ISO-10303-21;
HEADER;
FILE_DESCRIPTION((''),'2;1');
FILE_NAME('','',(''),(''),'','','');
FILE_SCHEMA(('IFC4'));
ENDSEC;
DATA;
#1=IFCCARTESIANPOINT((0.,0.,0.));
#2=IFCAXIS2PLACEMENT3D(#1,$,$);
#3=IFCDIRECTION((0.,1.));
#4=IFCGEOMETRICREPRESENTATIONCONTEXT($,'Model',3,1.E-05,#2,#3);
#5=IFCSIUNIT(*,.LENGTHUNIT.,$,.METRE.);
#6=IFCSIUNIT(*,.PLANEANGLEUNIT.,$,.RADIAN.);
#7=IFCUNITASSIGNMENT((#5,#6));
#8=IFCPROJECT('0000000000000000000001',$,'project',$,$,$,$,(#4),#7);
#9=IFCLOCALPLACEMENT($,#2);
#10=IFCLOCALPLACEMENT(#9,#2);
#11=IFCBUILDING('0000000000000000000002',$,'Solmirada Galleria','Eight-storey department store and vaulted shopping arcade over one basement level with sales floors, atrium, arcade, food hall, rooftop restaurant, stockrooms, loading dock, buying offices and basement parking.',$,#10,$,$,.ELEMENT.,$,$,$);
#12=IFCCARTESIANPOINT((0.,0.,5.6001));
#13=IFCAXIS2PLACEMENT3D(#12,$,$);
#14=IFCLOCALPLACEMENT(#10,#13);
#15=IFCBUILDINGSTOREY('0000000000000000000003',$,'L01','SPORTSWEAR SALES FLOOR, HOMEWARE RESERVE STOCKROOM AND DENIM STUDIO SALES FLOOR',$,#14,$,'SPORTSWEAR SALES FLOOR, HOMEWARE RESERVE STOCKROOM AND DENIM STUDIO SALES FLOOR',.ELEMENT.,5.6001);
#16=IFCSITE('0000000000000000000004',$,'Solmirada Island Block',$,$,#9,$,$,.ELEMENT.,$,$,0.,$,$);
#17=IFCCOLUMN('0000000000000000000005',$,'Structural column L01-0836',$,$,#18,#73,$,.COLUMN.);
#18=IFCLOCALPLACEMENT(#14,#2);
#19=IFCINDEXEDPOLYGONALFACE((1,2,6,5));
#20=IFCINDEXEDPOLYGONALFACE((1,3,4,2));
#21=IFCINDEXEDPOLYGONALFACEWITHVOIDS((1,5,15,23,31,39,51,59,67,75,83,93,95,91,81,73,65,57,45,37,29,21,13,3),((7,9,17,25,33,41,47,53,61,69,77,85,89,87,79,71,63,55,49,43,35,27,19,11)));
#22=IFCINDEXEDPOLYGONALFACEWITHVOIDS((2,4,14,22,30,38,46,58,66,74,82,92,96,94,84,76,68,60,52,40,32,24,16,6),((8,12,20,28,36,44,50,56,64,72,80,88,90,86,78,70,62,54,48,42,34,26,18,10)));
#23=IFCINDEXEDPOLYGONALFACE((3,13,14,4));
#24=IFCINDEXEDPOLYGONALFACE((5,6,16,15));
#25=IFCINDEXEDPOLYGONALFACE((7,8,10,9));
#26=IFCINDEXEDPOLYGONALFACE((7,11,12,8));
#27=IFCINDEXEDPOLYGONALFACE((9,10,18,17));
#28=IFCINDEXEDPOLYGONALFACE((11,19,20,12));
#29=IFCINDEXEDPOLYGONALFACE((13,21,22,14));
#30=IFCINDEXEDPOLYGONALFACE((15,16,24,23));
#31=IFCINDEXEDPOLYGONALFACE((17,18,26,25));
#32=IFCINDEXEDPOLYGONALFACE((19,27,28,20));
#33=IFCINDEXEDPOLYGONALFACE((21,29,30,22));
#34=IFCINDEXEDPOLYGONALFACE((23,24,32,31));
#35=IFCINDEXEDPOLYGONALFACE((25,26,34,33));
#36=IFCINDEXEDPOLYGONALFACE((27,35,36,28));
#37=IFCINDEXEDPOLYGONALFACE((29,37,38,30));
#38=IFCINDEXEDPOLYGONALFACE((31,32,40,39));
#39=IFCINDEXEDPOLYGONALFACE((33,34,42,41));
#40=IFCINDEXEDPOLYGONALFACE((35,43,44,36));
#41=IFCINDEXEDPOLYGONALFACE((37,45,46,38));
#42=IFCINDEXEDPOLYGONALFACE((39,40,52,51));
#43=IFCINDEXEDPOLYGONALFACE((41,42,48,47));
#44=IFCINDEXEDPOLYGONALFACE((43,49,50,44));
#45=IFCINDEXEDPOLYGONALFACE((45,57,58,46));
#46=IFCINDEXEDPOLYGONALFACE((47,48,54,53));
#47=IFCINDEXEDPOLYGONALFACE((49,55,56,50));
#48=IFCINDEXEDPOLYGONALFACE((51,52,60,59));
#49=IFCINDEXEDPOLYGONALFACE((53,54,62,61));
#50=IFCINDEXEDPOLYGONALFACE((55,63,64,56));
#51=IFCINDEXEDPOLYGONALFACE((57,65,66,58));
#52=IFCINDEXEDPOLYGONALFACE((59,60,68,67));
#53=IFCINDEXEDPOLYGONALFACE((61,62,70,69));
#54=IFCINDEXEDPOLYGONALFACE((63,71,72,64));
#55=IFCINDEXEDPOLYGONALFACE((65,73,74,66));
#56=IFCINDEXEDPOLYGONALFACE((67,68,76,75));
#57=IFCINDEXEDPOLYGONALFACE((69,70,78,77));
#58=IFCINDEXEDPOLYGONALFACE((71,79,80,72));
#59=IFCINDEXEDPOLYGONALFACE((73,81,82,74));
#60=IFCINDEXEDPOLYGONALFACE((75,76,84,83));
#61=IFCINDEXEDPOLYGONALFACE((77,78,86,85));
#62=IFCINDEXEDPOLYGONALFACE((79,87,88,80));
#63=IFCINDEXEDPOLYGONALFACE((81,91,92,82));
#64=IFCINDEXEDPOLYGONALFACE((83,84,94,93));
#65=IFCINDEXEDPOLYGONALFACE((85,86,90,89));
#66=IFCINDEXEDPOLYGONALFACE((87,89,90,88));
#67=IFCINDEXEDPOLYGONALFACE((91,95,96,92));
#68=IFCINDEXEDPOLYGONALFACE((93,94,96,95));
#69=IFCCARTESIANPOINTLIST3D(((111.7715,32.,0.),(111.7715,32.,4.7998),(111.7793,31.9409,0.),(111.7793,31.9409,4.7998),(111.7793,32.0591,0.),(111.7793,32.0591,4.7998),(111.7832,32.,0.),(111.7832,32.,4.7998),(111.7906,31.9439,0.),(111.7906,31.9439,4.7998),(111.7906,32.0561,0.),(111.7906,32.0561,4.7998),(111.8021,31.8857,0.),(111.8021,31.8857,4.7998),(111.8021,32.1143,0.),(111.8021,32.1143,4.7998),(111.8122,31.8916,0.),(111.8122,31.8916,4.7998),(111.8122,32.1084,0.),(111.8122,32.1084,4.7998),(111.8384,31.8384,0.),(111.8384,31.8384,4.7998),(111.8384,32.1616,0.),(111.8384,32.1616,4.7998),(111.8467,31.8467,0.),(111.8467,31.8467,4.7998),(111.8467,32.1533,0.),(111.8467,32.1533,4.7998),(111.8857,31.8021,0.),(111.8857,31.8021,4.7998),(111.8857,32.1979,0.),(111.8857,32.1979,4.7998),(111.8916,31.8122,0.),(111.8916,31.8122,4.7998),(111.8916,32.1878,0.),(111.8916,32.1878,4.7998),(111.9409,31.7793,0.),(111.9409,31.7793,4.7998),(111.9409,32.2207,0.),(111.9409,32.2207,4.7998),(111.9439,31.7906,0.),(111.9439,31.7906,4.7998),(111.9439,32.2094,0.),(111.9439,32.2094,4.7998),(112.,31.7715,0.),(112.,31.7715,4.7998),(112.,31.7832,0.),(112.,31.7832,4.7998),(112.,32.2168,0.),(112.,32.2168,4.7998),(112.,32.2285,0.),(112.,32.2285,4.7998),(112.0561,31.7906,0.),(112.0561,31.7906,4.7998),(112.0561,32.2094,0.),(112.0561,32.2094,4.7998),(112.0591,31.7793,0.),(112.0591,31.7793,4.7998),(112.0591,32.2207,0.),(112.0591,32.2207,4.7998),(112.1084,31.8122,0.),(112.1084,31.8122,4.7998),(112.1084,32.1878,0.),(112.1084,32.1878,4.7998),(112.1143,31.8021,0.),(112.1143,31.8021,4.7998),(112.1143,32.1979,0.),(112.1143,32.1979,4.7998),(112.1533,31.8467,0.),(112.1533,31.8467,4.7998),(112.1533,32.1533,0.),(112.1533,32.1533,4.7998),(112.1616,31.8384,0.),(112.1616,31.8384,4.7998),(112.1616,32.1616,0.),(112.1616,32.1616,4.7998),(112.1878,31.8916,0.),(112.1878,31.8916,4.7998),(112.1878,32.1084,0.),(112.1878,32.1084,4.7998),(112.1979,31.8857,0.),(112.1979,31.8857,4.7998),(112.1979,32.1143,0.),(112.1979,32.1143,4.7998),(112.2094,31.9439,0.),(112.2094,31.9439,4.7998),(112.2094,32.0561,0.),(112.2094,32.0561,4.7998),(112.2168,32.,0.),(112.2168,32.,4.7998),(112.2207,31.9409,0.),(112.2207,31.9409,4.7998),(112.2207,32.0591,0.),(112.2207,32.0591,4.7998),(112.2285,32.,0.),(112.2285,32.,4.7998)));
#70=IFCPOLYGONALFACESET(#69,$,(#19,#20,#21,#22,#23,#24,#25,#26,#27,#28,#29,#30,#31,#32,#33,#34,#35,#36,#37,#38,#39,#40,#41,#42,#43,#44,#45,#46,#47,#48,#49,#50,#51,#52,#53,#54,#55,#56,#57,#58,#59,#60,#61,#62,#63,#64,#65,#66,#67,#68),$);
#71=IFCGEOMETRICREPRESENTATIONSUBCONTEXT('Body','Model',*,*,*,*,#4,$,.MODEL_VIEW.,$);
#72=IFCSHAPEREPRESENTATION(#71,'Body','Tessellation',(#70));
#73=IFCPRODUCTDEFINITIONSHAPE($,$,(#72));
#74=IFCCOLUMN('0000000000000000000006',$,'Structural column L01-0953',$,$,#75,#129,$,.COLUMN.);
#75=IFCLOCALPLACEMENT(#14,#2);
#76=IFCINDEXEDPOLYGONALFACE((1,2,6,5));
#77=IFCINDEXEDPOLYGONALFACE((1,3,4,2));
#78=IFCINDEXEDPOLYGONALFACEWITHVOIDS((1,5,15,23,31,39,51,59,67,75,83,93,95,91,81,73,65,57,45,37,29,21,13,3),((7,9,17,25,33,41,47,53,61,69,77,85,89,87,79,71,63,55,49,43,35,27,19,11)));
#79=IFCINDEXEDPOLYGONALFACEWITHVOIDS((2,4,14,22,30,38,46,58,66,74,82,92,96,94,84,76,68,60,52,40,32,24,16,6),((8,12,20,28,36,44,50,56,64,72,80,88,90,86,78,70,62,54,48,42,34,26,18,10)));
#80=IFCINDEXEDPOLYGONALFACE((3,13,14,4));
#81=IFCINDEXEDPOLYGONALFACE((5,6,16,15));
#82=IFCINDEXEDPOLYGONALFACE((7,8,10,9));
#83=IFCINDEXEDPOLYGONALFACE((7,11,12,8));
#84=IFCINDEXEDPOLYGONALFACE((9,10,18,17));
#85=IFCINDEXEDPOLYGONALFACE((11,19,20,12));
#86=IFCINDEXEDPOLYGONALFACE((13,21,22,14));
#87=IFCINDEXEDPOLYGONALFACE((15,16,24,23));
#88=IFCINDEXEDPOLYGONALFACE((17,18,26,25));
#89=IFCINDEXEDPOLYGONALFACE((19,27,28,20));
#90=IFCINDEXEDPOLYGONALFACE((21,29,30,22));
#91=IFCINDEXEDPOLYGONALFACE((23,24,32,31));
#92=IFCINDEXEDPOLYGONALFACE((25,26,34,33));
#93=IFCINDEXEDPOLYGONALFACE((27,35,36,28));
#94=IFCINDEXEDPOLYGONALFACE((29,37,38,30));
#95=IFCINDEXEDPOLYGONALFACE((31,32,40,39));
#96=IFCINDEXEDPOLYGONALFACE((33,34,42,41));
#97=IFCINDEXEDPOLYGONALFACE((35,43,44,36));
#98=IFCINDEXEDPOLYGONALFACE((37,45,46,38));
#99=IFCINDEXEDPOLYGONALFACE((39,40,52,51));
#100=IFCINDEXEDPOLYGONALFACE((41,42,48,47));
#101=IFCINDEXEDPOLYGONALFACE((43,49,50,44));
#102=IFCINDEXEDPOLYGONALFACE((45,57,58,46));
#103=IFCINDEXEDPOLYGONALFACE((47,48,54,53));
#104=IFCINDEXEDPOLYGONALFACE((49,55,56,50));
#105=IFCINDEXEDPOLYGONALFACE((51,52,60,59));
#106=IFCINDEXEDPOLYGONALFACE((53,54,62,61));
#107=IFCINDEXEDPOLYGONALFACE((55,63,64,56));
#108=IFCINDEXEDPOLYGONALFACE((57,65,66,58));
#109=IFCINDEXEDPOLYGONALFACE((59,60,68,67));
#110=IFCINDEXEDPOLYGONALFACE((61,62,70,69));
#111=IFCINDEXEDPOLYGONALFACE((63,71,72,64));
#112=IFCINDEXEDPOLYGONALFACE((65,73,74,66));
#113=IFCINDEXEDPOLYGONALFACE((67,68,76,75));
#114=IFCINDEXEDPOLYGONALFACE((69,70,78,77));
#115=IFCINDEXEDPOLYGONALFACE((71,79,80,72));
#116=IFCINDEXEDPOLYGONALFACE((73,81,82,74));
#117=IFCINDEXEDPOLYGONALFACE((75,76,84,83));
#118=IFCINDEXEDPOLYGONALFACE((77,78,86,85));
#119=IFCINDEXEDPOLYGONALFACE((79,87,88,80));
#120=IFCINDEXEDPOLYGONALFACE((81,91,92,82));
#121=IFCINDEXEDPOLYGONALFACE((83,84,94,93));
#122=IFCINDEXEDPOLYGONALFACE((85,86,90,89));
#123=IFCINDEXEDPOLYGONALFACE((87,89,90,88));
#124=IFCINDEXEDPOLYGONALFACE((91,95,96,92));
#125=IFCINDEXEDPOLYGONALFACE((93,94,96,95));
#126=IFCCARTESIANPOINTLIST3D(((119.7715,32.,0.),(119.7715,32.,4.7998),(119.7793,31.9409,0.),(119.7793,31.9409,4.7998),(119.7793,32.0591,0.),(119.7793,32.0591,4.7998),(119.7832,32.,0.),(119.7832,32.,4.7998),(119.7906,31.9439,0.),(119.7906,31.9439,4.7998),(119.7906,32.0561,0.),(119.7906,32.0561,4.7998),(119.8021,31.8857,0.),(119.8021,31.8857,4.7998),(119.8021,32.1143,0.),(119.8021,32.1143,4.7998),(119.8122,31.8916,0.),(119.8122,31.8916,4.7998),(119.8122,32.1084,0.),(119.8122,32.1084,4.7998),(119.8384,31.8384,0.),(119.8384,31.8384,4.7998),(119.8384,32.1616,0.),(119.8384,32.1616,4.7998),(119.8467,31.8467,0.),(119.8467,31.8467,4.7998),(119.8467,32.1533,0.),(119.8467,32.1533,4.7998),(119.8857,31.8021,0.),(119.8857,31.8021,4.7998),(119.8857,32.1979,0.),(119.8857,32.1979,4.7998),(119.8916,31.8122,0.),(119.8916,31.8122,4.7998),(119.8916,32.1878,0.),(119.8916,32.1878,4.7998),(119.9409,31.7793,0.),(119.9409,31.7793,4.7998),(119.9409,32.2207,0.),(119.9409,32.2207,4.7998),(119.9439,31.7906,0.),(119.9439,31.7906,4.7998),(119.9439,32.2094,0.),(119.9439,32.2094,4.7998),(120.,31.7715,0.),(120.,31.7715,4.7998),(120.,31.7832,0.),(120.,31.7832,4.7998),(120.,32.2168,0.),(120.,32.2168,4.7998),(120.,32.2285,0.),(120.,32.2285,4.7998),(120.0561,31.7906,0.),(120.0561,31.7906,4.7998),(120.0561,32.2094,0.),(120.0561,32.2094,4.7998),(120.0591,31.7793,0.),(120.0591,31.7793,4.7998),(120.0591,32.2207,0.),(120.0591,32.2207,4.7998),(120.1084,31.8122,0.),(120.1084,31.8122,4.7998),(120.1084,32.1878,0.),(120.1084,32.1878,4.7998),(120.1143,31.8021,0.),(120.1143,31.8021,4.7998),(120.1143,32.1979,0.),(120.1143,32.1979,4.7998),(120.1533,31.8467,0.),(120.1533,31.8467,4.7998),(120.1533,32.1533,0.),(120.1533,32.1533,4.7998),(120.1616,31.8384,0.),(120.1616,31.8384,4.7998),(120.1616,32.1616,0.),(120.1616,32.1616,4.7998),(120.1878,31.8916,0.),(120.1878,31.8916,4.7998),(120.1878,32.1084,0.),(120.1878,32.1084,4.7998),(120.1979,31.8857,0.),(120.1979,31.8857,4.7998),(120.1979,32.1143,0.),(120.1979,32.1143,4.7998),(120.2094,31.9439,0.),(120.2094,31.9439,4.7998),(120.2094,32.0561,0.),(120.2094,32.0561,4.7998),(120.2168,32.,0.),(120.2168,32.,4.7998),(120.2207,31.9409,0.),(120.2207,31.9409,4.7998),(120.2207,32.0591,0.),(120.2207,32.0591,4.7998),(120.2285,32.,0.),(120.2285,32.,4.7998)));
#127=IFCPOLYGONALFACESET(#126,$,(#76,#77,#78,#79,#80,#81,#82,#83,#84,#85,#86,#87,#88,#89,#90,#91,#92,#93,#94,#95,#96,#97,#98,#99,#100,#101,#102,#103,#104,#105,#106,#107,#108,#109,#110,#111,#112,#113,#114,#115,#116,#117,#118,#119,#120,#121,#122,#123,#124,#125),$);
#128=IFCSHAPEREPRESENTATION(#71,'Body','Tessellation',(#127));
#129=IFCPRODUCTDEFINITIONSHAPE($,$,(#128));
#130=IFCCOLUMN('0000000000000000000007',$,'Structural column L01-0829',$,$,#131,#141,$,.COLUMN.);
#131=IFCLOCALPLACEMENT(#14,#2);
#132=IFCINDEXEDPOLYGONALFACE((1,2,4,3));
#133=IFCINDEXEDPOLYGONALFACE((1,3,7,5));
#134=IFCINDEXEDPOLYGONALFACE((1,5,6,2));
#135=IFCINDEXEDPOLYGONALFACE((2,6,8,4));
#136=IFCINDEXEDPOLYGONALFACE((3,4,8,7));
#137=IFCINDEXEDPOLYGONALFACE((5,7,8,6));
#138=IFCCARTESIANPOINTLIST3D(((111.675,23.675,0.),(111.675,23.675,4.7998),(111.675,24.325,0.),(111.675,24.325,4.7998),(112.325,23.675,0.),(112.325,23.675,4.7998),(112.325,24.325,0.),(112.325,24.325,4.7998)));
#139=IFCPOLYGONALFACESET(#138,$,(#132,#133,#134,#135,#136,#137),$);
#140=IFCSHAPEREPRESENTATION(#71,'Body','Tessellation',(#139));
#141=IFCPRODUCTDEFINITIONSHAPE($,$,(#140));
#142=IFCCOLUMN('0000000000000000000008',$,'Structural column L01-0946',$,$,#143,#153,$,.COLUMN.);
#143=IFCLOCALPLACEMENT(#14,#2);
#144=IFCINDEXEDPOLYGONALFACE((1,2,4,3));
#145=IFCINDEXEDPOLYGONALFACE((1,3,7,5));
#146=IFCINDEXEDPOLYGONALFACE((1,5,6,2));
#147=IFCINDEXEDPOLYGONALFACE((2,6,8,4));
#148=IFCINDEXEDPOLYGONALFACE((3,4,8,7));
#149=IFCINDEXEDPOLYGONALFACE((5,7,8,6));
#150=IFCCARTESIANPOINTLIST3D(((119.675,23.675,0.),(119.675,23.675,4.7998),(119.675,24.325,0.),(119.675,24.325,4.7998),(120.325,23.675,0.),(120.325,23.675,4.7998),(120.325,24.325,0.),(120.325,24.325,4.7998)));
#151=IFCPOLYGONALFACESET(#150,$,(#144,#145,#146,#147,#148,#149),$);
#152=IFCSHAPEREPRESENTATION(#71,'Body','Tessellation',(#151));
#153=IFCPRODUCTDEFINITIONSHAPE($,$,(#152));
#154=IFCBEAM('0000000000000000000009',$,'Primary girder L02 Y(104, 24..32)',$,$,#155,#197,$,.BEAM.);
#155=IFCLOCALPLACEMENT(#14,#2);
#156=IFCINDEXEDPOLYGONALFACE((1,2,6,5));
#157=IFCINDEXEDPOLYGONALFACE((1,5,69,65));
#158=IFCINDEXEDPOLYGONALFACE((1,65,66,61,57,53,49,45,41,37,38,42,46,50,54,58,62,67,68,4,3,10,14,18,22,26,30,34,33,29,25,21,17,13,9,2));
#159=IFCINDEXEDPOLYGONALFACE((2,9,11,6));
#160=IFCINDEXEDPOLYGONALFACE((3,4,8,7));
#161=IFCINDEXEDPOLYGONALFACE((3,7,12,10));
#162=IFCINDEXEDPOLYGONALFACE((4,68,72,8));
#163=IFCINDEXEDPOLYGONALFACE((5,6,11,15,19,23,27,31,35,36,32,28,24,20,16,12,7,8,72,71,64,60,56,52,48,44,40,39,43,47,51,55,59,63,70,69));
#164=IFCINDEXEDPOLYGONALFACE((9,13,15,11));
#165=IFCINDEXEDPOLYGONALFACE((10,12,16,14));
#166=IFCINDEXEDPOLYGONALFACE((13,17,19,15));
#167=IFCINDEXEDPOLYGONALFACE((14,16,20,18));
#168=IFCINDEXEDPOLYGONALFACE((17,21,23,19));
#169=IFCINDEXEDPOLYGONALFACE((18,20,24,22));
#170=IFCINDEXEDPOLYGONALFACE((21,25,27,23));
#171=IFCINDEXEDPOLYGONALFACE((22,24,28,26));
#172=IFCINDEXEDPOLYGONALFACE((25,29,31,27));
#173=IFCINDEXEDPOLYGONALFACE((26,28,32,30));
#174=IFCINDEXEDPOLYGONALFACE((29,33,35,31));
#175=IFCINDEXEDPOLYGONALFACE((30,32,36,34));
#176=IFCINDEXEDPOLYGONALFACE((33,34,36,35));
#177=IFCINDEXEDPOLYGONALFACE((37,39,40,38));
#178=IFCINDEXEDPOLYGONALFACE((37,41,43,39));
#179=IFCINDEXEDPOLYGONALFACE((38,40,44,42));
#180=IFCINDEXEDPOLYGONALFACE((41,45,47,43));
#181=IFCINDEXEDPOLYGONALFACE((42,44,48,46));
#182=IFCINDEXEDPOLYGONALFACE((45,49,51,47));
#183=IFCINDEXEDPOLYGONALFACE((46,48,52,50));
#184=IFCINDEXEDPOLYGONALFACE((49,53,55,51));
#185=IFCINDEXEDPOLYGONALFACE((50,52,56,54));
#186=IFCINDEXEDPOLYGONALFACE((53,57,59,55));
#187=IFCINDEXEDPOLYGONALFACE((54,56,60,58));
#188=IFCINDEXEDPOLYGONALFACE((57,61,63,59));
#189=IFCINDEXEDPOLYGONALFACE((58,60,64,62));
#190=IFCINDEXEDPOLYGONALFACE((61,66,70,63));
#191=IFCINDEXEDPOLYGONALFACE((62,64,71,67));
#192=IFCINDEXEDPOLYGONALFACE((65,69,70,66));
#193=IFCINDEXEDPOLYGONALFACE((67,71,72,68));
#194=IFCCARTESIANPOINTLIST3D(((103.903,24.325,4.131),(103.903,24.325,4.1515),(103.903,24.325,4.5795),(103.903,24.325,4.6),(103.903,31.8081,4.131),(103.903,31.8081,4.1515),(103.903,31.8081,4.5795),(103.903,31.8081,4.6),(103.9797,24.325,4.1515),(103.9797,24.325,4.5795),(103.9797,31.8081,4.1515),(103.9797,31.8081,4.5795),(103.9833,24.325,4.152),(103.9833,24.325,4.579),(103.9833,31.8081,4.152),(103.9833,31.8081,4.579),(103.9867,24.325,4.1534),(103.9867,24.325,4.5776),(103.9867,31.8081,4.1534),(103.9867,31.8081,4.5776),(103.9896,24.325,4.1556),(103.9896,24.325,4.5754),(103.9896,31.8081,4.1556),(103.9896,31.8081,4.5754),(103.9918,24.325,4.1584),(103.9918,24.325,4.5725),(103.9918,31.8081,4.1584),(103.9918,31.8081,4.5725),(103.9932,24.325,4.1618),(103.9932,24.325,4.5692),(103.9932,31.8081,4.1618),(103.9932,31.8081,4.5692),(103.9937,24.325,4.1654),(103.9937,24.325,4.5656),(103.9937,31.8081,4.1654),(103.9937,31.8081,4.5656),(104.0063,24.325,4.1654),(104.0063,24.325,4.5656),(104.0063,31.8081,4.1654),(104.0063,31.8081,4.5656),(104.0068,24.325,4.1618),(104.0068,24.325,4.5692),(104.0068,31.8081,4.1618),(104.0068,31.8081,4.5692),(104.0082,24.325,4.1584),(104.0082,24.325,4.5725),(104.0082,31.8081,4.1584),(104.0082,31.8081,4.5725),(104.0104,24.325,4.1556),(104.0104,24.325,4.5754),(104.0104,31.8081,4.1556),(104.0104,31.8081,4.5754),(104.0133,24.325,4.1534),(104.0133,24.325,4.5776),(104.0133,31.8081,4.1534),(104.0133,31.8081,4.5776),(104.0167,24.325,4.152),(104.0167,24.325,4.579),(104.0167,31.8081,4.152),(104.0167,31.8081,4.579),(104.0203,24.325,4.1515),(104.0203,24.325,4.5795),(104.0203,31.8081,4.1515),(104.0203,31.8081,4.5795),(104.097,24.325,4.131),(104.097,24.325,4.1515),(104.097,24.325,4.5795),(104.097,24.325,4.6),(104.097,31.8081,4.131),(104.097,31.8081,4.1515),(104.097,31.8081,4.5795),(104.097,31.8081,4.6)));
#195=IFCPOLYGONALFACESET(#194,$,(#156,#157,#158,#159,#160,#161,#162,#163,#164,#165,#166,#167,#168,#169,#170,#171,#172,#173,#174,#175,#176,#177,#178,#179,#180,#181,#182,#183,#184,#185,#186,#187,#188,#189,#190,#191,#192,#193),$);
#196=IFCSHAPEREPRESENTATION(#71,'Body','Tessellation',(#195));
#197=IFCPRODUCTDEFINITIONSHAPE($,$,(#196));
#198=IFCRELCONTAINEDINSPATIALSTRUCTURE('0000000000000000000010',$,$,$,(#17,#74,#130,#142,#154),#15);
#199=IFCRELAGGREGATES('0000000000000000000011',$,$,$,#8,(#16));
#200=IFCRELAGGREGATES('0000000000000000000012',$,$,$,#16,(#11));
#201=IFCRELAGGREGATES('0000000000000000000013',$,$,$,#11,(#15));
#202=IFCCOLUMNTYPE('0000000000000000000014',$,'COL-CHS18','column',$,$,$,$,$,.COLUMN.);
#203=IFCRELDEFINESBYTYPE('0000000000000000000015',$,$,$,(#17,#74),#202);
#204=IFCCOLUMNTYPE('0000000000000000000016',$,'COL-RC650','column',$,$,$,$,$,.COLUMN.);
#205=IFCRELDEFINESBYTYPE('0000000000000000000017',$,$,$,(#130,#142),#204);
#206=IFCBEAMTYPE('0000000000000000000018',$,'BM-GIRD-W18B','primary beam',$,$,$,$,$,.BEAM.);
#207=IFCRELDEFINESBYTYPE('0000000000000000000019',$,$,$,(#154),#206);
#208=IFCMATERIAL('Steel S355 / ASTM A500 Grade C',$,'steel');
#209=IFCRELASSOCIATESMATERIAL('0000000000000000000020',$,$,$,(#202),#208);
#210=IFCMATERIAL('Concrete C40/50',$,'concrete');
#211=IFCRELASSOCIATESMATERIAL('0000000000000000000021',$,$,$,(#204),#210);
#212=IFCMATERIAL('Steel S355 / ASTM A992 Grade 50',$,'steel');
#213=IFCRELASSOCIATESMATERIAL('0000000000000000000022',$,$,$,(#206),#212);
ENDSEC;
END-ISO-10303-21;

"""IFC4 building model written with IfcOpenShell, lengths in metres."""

from ifc_helpers import new_model, si_unit, direction, frame, origin, origin_2d, place, context, subcontext, project, spatial, rectangle, hollow_circle, i_section, extrude, material, material_profile, profile_set, type_object, element, save


model = new_model("IFC4")

# Units and contexts
model_context = context("Model", 3, precision=1e-05, world=origin(), true_north=direction((0.0, 1.0)))
body_context = subcontext(model_context, "Body", "Model", "MODEL_VIEW")
ifc_project = project(units=[si_unit("LENGTHUNIT", "METRE"), si_unit("PLANEANGLEUNIT", "RADIAN")], contexts=[model_context])

# Site, building, storey
site_placement = place(None, origin())
site = spatial("IfcSite", under=ifc_project, at=site_placement, Name="Solmirada Island Block", CompositionType="ELEMENT", RefElevation=0.0)
building_placement = place(site_placement, origin())
building = spatial("IfcBuilding", under=site, at=building_placement, Name="Solmirada Galleria", Description="Eight-storey department store and vaulted shopping arcade over one basement level with sales floors, atrium, arcade, food hall, rooftop restaurant, stockrooms, loading dock, buying offices and basement parking.", CompositionType="ELEMENT")
storey_placement = place(building_placement, frame((0.0, 0.0, 5.6001)))
storey = spatial("IfcBuildingStorey", under=building, at=storey_placement, Name="L01", Description="SPORTSWEAR SALES FLOOR, HOMEWARE RESERVE STOCKROOM AND DENIM STUDIO SALES FLOOR", LongName="SPORTSWEAR SALES FLOOR, HOMEWARE RESERVE STOCKROOM AND DENIM STUDIO SALES FLOOR", CompositionType="ELEMENT", Elevation=5.6001)

# Columns
ifc_material_1 = material(Name="Steel S355 / ASTM A500 Grade C", Category="steel")
ifc_material_profile_1 = material_profile(ifc_material_1, hollow_circle(Radius=0.2285, WallThickness=0.0117, at=origin_2d()), Name="HSS18.000X0.500")
ifc_profile_set_1 = profile_set([ifc_material_profile_1], Name="Steel S355 / ASTM A500 Grade C")
column_type_1 = type_object("IfcColumnType", Name="COL-CHS18", Description="column", PredefinedType="COLUMN", material=ifc_profile_set_1)
for number, where, z_axis, x_axis, name in (
    (1, (112.0, 32.0, 0.0), (0.0, 0.0, 1.0), (1.0, 0.0, 0.0), "Structural column L01-0836"),
    (2, (120.0, 32.0, 0.0), (0.0, 0.0, 1.0), (1.0, 0.0, 0.0), "Structural column L01-0953"),
):
    element("IfcColumn", number, at=place(storey_placement, frame(where, z_axis=z_axis, x_axis=x_axis)), inside=storey, type_object=column_type_1, Name=name, PredefinedType="COLUMN", context=body_context, shape_type="SweptSolid", body=[
        extrude(hollow_circle(Radius=0.2285, WallThickness=0.0117, at=origin_2d()), origin(), (0.0, 0.0, 1.0), 4.7998),
    ])
ifc_material_2 = material(Name="Concrete C40/50", Category="concrete")
ifc_material_profile_2 = material_profile(ifc_material_2, rectangle(XDim=0.6499, YDim=0.6499, at=origin_2d()), Name="RC650X650")
ifc_profile_set_2 = profile_set([ifc_material_profile_2], Name="Concrete C40/50")
column_type_2 = type_object("IfcColumnType", Name="COL-RC650", Description="column", PredefinedType="COLUMN", material=ifc_profile_set_2)
for number, where, z_axis, x_axis, name in (
    (3, (112.0, 24.0, 0.0), (0.0, 0.0, 1.0), (1.0, 0.0, 0.0), "Structural column L01-0829"),
    (4, (120.0, 24.0, 0.0), (0.0, 0.0, 1.0), (1.0, 0.0, 0.0), "Structural column L01-0946"),
):
    element("IfcColumn", number, at=place(storey_placement, frame(where, z_axis=z_axis, x_axis=x_axis)), inside=storey, type_object=column_type_2, Name=name, PredefinedType="COLUMN", context=body_context, shape_type="SweptSolid", body=[
        extrude(rectangle(XDim=0.6499, YDim=0.6499, at=origin_2d()), origin(), (0.0, 0.0, 1.0), 4.7998),
    ])

# Beam
ifc_material_3 = material(Name="Steel S355 / ASTM A992 Grade 50", Category="steel")
ifc_material_profile_3 = material_profile(ifc_material_3, i_section(OverallWidth=0.1941, OverallDepth=0.469, WebThickness=0.0127, FlangeThickness=0.0205, FilletRadius=0.0139, at=origin_2d()), Name="W18X71")
ifc_profile_set_3 = profile_set([ifc_material_profile_3], Name="Steel S355 / ASTM A992 Grade 50")
beam_type_1 = type_object("IfcBeamType", Name="BM-GIRD-W18B", Description="primary beam", PredefinedType="BEAM", material=ifc_profile_set_3)
for number, where, z_axis, x_axis, name in (
    (5, (104.0, 24.325, 4.3655), (0.0, 1.0, 0.0), (-1.0, 0.0, 0.0), "Primary girder L02 Y(104, 24..32)"),
):
    element("IfcBeam", number, at=place(storey_placement, frame(where, z_axis=z_axis, x_axis=x_axis)), inside=storey, type_object=beam_type_1, Name=name, PredefinedType="BEAM", context=body_context, shape_type="SweptSolid", body=[
        extrude(i_section(OverallWidth=0.1941, OverallDepth=0.469, WebThickness=0.0127, FlangeThickness=0.0205, FilletRadius=0.0139, at=origin_2d()), origin(), (0.0, 0.0, 1.0), 7.4832),
    ])

save(model, "model.ifc")
